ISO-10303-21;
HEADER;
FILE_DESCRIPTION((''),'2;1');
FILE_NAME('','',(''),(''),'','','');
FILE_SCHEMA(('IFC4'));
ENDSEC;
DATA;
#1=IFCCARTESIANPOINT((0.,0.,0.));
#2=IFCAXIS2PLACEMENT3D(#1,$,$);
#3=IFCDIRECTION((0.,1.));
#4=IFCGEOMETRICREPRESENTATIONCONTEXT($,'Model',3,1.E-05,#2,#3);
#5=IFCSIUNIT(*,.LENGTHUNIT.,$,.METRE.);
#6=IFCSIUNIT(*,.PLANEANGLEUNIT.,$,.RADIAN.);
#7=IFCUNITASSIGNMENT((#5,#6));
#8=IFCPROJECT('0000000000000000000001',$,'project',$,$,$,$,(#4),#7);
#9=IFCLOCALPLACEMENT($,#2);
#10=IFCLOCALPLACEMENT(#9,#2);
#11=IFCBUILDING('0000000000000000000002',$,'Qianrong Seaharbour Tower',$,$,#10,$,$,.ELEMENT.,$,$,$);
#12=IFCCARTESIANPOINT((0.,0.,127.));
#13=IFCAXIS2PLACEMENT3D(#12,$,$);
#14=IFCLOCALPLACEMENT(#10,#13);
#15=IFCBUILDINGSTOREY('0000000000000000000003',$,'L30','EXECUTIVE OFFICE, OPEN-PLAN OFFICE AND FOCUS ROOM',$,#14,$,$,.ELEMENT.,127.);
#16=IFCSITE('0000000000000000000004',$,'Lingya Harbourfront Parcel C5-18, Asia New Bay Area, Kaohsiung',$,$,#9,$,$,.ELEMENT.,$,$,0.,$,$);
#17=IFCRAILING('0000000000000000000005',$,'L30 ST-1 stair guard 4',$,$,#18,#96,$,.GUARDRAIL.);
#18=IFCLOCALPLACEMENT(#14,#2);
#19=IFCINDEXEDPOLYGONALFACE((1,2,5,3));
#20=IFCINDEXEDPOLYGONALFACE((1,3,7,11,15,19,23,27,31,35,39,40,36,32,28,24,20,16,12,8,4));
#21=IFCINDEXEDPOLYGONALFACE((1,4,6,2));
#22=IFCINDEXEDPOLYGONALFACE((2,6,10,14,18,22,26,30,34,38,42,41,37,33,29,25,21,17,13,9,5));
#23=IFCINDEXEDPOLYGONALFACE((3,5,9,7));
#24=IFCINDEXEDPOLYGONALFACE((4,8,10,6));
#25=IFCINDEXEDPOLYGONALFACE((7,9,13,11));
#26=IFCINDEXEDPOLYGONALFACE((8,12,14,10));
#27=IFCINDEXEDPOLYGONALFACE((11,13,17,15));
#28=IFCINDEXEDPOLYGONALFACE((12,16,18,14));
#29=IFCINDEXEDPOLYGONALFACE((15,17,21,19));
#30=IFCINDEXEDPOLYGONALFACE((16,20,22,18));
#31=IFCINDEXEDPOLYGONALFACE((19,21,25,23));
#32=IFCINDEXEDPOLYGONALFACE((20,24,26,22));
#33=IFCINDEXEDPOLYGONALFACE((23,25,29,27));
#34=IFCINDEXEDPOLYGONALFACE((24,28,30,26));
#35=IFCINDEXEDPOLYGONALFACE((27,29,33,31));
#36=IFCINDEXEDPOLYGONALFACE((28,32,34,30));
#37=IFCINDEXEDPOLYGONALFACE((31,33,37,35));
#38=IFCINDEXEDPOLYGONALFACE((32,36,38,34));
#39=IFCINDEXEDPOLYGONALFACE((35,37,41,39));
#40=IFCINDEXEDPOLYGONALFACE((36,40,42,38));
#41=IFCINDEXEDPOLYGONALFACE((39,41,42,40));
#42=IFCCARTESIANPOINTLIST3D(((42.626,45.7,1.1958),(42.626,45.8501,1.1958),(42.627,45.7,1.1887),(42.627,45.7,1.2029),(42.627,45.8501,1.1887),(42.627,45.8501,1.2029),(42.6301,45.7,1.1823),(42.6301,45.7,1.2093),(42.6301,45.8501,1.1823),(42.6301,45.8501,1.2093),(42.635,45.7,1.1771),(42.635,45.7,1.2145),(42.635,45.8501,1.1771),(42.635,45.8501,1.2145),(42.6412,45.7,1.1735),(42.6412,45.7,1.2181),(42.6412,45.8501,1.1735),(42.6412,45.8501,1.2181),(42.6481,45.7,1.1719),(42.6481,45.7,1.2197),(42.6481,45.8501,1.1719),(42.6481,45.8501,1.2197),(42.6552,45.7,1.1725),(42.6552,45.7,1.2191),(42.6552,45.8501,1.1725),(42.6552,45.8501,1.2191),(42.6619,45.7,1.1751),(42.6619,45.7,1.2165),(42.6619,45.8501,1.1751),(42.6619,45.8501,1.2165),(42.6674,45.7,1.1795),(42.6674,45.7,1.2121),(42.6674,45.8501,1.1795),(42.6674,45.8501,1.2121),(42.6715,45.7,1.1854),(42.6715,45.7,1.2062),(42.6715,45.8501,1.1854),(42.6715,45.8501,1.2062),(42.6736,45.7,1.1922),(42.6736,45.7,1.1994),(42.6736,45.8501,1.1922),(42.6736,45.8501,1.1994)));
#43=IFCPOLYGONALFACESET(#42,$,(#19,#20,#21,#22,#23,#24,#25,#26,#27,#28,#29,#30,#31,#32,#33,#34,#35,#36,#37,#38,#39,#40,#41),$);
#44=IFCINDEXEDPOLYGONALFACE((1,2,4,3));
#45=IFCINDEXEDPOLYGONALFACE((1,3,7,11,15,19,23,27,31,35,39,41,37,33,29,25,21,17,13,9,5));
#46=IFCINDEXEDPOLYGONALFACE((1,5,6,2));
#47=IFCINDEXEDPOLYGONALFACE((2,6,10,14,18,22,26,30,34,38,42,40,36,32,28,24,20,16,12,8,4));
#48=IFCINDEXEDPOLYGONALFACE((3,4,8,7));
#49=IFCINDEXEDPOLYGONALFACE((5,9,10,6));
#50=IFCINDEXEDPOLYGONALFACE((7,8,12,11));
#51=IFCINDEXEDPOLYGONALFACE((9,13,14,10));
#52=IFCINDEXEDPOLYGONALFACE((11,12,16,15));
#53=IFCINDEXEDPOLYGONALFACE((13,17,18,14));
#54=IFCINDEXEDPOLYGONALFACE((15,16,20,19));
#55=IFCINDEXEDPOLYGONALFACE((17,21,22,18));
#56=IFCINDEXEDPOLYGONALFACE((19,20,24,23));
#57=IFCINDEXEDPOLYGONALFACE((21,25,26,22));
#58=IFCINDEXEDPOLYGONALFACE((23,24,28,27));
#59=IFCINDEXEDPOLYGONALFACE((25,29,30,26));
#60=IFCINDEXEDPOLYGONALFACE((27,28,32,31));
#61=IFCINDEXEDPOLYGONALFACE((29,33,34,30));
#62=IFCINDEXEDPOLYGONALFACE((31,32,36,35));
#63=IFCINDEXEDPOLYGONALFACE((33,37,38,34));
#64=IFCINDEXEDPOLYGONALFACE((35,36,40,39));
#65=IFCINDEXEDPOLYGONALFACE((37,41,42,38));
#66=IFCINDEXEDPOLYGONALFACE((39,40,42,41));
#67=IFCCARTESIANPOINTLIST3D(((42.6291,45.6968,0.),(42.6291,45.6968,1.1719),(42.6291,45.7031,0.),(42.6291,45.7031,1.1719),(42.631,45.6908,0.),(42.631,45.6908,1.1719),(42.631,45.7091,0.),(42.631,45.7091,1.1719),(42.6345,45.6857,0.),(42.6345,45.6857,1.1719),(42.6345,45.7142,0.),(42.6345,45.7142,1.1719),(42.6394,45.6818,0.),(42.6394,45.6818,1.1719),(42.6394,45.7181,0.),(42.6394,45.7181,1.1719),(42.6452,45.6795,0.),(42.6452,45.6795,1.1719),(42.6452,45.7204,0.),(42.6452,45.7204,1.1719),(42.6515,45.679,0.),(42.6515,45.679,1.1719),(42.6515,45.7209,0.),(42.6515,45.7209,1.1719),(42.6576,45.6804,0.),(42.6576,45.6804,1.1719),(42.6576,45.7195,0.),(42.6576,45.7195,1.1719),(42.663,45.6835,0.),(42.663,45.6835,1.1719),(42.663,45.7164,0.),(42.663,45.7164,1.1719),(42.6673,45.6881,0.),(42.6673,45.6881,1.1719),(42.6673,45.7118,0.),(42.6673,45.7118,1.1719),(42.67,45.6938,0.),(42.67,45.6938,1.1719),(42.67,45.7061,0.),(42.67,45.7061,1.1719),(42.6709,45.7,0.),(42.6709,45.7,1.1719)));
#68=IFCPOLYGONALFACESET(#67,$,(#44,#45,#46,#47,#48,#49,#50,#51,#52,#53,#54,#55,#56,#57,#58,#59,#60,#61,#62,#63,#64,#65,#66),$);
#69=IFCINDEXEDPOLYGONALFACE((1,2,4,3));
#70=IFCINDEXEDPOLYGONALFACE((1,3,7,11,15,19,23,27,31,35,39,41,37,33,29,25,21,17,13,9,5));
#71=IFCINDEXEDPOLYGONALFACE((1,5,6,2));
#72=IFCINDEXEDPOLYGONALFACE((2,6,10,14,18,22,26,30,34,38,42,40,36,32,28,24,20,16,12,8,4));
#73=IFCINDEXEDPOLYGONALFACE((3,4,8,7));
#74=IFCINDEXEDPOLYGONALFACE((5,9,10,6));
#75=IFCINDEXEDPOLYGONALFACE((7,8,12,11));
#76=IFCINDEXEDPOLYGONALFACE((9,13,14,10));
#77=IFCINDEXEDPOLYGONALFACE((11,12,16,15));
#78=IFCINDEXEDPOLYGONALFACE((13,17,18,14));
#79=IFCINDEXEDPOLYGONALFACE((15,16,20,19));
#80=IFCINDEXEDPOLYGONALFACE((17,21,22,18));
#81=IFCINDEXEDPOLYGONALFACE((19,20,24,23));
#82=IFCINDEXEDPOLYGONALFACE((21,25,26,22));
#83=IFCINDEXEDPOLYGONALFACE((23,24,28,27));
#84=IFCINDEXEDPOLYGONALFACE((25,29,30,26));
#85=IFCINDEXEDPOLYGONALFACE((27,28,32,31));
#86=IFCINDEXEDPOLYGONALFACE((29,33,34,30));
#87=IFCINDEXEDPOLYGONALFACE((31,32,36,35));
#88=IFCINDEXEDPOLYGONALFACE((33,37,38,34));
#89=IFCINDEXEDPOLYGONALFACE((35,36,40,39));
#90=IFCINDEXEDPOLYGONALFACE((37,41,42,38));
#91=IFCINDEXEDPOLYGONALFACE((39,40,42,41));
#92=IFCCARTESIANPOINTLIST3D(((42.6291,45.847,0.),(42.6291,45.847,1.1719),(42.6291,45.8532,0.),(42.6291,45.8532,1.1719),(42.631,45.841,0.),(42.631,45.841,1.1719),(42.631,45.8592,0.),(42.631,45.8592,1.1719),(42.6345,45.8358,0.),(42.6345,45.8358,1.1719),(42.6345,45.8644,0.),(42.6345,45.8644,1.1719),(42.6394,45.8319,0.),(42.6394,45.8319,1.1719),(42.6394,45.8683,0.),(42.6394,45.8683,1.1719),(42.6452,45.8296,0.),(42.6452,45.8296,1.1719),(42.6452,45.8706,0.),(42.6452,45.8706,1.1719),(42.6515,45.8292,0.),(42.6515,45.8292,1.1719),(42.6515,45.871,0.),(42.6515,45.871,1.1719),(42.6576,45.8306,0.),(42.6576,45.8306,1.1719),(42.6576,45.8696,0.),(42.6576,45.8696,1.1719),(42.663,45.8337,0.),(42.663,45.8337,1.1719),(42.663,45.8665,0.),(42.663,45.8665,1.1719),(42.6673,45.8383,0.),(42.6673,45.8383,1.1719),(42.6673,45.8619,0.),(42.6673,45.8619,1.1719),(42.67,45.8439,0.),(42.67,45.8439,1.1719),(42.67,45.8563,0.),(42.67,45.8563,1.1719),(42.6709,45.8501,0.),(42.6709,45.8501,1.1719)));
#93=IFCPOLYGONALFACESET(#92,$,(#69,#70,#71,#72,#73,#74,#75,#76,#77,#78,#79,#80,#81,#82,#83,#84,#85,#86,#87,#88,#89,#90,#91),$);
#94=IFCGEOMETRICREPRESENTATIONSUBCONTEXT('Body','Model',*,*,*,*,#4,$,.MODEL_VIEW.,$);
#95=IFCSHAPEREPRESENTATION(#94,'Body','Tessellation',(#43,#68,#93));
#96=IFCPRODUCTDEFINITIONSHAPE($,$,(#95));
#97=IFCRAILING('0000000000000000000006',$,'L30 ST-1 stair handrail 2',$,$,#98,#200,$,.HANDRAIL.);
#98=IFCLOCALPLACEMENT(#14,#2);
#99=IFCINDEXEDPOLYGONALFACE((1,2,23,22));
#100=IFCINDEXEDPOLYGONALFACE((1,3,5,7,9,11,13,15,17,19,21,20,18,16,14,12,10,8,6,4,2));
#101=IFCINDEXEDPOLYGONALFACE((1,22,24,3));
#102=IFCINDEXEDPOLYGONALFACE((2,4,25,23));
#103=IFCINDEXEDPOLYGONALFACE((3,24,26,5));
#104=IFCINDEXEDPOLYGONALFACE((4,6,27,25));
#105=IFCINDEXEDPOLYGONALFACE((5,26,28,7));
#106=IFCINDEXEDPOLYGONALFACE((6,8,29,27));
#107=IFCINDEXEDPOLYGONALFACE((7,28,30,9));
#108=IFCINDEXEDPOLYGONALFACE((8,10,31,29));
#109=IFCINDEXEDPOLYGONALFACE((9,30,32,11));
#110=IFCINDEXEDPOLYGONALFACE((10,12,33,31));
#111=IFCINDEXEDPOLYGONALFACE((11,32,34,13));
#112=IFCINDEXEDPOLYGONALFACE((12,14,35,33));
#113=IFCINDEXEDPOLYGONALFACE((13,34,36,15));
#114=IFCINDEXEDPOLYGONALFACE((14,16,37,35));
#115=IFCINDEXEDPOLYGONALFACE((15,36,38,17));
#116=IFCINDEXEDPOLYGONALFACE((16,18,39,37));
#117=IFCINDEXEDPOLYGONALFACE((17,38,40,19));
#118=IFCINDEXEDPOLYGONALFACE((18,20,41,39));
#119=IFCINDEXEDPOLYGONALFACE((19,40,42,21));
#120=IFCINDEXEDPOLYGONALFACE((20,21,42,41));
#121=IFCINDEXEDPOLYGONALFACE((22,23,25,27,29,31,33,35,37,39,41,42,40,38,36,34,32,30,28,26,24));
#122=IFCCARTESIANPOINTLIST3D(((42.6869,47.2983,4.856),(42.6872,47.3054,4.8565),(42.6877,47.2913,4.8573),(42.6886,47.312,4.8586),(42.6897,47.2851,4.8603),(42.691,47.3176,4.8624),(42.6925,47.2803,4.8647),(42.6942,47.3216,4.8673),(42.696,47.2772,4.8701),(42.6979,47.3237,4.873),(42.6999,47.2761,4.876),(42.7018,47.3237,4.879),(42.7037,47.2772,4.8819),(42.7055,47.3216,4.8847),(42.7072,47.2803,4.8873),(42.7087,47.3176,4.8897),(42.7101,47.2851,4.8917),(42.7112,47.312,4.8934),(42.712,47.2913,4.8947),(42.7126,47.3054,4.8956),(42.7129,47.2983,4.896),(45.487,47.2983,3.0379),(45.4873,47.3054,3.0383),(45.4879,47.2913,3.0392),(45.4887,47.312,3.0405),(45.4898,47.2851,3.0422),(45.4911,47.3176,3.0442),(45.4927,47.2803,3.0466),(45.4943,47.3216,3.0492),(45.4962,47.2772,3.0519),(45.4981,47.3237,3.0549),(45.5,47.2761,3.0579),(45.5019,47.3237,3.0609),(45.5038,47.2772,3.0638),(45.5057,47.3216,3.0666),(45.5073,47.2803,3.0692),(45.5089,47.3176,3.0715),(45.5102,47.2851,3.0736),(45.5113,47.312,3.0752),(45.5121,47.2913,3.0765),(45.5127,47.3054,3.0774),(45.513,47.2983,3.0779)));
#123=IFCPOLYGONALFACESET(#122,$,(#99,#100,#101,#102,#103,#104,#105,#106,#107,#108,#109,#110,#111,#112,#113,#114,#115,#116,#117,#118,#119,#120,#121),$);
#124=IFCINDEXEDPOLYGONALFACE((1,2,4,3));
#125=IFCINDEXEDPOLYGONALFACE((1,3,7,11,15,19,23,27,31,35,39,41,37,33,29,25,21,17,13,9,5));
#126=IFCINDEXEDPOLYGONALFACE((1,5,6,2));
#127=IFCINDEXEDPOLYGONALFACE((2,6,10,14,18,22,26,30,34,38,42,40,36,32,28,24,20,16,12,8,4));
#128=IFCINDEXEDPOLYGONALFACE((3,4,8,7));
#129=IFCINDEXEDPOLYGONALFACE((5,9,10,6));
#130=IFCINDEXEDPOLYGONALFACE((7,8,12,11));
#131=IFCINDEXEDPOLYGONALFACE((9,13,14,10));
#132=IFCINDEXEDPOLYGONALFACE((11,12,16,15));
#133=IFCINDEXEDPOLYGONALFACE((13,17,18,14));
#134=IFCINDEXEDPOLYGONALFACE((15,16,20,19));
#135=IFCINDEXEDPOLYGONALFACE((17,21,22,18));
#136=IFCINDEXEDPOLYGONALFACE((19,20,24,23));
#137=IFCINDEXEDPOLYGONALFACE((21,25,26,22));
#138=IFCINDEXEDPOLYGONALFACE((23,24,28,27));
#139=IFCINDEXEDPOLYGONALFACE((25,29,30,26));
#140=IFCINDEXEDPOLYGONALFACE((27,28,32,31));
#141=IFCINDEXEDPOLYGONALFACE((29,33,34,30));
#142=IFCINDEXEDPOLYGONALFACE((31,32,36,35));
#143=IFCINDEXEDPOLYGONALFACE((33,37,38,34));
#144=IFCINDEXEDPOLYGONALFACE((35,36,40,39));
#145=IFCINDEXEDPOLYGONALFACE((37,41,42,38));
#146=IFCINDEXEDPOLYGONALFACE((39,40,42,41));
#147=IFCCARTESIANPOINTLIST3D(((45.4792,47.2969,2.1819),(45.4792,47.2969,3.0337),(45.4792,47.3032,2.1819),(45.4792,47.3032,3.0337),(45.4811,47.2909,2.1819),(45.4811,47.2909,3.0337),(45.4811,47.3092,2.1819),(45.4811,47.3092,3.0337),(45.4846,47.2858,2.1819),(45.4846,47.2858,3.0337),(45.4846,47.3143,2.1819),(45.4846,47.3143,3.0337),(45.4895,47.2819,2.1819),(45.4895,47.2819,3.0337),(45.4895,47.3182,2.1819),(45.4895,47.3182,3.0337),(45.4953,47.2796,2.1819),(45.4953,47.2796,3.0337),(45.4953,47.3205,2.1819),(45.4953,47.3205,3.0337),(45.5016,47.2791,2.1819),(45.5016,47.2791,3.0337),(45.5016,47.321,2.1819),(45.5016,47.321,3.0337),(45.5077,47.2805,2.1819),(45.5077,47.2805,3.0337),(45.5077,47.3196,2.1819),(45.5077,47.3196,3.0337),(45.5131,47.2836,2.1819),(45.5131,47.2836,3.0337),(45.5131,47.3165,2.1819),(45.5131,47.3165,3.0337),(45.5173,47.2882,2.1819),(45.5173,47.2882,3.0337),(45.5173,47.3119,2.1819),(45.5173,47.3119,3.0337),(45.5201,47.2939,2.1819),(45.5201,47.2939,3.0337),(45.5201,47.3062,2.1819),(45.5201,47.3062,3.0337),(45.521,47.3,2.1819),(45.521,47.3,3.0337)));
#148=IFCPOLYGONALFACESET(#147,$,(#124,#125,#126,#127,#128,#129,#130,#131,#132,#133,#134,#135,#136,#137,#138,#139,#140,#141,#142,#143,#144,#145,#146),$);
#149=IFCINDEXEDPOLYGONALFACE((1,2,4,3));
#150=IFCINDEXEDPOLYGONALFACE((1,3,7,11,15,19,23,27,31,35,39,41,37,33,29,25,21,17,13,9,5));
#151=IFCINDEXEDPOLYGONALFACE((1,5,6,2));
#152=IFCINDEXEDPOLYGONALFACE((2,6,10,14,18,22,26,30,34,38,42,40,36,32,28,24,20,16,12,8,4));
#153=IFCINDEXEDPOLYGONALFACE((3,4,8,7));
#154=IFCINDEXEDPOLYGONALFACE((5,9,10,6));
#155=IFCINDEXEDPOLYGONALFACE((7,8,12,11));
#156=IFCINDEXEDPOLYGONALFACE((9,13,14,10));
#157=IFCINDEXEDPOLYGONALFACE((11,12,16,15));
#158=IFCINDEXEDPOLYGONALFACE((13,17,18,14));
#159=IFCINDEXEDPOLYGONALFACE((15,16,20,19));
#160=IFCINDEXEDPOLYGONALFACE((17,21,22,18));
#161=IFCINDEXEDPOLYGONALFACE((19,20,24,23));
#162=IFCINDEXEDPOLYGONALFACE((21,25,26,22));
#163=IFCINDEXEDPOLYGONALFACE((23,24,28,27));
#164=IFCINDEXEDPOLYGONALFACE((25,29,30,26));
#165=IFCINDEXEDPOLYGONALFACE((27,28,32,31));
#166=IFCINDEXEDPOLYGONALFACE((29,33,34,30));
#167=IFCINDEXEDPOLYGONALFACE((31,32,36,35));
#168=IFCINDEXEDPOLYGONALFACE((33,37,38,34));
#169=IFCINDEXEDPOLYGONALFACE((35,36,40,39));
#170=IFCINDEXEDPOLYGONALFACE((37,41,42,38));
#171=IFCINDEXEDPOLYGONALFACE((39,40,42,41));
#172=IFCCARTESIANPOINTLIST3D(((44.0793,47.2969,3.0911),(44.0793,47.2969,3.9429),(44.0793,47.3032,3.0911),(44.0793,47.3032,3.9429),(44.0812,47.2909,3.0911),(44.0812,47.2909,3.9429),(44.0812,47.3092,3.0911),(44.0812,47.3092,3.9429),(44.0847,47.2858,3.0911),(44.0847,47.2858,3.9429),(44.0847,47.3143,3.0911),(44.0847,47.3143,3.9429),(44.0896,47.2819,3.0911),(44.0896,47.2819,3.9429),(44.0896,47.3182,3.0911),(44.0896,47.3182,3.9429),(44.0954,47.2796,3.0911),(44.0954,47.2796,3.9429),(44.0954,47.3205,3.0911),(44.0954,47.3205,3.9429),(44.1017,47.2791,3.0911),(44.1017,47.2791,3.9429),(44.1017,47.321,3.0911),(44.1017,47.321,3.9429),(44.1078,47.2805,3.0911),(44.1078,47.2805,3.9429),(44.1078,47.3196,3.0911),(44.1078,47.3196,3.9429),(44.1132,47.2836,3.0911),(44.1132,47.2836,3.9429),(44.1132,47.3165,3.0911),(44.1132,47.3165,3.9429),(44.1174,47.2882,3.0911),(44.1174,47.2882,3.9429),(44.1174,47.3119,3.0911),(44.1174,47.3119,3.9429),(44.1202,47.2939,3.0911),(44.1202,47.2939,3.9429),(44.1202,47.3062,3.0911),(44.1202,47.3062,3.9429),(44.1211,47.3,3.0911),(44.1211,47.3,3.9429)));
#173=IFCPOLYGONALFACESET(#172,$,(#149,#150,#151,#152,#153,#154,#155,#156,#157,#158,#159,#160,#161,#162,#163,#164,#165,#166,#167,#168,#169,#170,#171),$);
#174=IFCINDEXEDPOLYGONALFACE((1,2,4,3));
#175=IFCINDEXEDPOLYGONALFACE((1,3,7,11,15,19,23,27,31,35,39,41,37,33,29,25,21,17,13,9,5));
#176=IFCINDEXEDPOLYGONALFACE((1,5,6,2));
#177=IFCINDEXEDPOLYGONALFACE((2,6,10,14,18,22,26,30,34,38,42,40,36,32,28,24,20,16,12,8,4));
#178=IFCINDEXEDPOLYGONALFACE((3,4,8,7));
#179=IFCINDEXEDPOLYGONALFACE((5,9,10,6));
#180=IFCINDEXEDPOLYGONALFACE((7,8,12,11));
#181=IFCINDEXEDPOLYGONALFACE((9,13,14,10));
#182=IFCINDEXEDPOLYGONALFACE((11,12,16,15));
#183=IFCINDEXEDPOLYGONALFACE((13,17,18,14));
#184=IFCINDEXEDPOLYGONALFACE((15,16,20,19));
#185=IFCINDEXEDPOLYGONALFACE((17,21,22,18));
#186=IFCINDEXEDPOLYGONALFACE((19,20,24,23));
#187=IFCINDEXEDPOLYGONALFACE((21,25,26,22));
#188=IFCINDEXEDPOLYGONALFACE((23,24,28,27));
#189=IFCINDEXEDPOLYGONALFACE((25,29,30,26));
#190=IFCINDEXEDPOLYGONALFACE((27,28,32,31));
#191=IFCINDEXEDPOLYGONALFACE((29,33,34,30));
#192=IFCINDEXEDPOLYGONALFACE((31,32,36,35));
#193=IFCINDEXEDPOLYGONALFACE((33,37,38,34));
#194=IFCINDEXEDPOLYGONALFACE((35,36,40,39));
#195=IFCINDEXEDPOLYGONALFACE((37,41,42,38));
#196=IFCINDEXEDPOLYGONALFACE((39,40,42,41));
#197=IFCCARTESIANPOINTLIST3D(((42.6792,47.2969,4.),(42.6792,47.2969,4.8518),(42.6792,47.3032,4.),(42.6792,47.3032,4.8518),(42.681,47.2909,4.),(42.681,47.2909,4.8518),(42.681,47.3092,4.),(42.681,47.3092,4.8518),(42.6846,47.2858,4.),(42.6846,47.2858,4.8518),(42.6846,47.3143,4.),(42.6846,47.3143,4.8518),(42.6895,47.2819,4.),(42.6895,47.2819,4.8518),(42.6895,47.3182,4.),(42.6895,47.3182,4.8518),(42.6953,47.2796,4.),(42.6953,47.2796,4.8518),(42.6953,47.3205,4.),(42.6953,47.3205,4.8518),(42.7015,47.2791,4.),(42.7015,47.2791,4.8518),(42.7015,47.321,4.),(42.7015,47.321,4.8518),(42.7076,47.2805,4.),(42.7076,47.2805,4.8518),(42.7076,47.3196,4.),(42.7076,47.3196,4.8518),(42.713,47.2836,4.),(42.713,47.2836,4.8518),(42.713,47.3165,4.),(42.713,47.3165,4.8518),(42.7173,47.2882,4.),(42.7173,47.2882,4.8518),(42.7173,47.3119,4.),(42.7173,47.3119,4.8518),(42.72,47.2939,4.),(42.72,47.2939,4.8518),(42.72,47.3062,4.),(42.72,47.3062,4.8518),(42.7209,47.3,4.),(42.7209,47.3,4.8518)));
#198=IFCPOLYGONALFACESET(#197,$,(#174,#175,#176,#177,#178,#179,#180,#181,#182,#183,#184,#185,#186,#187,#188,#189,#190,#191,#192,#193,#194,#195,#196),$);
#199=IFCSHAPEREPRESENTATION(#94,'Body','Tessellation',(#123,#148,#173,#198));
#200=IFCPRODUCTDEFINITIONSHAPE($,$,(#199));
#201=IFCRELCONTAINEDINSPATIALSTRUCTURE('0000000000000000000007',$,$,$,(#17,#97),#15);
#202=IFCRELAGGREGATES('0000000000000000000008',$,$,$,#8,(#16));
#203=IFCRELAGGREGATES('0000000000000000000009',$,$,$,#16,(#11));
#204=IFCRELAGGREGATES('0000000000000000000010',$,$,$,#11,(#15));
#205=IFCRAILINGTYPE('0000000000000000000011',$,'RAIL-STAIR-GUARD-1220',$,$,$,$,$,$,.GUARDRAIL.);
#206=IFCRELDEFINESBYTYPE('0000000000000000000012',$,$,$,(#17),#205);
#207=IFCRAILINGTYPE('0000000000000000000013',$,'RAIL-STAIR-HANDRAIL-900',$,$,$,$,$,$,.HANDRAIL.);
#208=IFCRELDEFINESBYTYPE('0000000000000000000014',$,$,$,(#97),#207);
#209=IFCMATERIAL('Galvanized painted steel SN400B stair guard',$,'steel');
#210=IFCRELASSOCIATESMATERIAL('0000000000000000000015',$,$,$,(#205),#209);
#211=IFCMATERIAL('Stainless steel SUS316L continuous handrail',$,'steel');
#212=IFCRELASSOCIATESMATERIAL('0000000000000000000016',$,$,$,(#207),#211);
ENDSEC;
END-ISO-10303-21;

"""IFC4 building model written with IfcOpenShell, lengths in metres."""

from ifc_helpers import new_model, si_unit, direction, frame, origin, origin_2d, place, context, subcontext, project, spatial, circle, extrude, material, type_object, element, save


model = new_model("IFC4")

# Units and contexts
model_context = context("Model", 3, precision=1e-05, world=origin(), true_north=direction((0.0, 1.0)))
body_context = subcontext(model_context, "Body", "Model", "MODEL_VIEW")
ifc_project = project(units=[si_unit("LENGTHUNIT", "METRE"), si_unit("PLANEANGLEUNIT", "RADIAN")], contexts=[model_context])

# Site, building, storey
site_placement = place(None, origin())
site = spatial("IfcSite", under=ifc_project, at=site_placement, Name="Lingya Harbourfront Parcel C5-18, Asia New Bay Area, Kaohsiung", CompositionType="ELEMENT", RefElevation=0.0)
building_placement = place(site_placement, origin())
building = spatial("IfcBuilding", under=site, at=building_placement, Name="Qianrong Seaharbour Tower", CompositionType="ELEMENT")
storey_placement = place(building_placement, frame((0.0, 0.0, 127.0)))
storey = spatial("IfcBuildingStorey", under=building, at=storey_placement, Name="L30", Description="EXECUTIVE OFFICE, OPEN-PLAN OFFICE AND FOCUS ROOM", CompositionType="ELEMENT", Elevation=127.0)

# Railings
ifc_material_1 = material(Name="Galvanized painted steel SN400B stair guard", Category="steel")
railing_type_1 = type_object("IfcRailingType", Name="RAIL-STAIR-GUARD-1220", PredefinedType="GUARDRAIL", material=ifc_material_1)
railing_1_placement = place(storey_placement, frame((42.6499, 45.7, 0.0)))
element("IfcRailing", 1, at=railing_1_placement, inside=storey, type_object=railing_type_1, Name="L30 ST-1 stair guard 4", PredefinedType="GUARDRAIL", context=body_context, shape_type="SweptSolid", body=[
    extrude(circle(Radius=0.0239, at=origin_2d()), frame((0.0, 0.0, 1.1958), z_axis=(0.0, 1.0, 0.0), x_axis=(-1.0, 0.0, 0.0)), (0.0, 0.0, 1.0), 0.1501),
    extrude(circle(Radius=0.021, at=origin_2d()), origin(), (0.0, 0.0, 1.0), 1.1719),
    extrude(circle(Radius=0.021, at=origin_2d()), frame((0.0, 0.1501, 0.0)), (0.0, 0.0, 1.0), 1.1719),
])
ifc_material_2 = material(Name="Stainless steel SUS316L continuous handrail", Category="steel")
railing_type_2 = type_object("IfcRailingType", Name="RAIL-STAIR-HANDRAIL-900", PredefinedType="HANDRAIL", material=ifc_material_2)
railing_2_placement = place(storey_placement, frame((45.5, 47.3, 2.1819)))
element("IfcRailing", 2, at=railing_2_placement, inside=storey, type_object=railing_type_2, Name="L30 ST-1 stair handrail 2", PredefinedType="HANDRAIL", context=body_context, shape_type="SweptSolid", body=[
    extrude(circle(Radius=0.0239, at=origin_2d()), frame((0.0, 0.0, 0.876), z_axis=(-0.838706, 0.0, 0.544585), x_axis=(0.0, -1.0, 0.0)), (0.0, 0.0, 1.0), 3.3386),
    extrude(circle(Radius=0.021, at=origin_2d()), origin(), (0.0, 0.0, 1.0), 0.8518),
    extrude(circle(Radius=0.021, at=origin_2d()), frame((-1.3999, 0.0, 0.9092)), (0.0, 0.0, 1.0), 0.8518),
    extrude(circle(Radius=0.021, at=origin_2d()), frame((-2.8, 0.0, 1.8181)), (0.0, 0.0, 1.0), 0.8518),
])

save(model, "model.ifc")
